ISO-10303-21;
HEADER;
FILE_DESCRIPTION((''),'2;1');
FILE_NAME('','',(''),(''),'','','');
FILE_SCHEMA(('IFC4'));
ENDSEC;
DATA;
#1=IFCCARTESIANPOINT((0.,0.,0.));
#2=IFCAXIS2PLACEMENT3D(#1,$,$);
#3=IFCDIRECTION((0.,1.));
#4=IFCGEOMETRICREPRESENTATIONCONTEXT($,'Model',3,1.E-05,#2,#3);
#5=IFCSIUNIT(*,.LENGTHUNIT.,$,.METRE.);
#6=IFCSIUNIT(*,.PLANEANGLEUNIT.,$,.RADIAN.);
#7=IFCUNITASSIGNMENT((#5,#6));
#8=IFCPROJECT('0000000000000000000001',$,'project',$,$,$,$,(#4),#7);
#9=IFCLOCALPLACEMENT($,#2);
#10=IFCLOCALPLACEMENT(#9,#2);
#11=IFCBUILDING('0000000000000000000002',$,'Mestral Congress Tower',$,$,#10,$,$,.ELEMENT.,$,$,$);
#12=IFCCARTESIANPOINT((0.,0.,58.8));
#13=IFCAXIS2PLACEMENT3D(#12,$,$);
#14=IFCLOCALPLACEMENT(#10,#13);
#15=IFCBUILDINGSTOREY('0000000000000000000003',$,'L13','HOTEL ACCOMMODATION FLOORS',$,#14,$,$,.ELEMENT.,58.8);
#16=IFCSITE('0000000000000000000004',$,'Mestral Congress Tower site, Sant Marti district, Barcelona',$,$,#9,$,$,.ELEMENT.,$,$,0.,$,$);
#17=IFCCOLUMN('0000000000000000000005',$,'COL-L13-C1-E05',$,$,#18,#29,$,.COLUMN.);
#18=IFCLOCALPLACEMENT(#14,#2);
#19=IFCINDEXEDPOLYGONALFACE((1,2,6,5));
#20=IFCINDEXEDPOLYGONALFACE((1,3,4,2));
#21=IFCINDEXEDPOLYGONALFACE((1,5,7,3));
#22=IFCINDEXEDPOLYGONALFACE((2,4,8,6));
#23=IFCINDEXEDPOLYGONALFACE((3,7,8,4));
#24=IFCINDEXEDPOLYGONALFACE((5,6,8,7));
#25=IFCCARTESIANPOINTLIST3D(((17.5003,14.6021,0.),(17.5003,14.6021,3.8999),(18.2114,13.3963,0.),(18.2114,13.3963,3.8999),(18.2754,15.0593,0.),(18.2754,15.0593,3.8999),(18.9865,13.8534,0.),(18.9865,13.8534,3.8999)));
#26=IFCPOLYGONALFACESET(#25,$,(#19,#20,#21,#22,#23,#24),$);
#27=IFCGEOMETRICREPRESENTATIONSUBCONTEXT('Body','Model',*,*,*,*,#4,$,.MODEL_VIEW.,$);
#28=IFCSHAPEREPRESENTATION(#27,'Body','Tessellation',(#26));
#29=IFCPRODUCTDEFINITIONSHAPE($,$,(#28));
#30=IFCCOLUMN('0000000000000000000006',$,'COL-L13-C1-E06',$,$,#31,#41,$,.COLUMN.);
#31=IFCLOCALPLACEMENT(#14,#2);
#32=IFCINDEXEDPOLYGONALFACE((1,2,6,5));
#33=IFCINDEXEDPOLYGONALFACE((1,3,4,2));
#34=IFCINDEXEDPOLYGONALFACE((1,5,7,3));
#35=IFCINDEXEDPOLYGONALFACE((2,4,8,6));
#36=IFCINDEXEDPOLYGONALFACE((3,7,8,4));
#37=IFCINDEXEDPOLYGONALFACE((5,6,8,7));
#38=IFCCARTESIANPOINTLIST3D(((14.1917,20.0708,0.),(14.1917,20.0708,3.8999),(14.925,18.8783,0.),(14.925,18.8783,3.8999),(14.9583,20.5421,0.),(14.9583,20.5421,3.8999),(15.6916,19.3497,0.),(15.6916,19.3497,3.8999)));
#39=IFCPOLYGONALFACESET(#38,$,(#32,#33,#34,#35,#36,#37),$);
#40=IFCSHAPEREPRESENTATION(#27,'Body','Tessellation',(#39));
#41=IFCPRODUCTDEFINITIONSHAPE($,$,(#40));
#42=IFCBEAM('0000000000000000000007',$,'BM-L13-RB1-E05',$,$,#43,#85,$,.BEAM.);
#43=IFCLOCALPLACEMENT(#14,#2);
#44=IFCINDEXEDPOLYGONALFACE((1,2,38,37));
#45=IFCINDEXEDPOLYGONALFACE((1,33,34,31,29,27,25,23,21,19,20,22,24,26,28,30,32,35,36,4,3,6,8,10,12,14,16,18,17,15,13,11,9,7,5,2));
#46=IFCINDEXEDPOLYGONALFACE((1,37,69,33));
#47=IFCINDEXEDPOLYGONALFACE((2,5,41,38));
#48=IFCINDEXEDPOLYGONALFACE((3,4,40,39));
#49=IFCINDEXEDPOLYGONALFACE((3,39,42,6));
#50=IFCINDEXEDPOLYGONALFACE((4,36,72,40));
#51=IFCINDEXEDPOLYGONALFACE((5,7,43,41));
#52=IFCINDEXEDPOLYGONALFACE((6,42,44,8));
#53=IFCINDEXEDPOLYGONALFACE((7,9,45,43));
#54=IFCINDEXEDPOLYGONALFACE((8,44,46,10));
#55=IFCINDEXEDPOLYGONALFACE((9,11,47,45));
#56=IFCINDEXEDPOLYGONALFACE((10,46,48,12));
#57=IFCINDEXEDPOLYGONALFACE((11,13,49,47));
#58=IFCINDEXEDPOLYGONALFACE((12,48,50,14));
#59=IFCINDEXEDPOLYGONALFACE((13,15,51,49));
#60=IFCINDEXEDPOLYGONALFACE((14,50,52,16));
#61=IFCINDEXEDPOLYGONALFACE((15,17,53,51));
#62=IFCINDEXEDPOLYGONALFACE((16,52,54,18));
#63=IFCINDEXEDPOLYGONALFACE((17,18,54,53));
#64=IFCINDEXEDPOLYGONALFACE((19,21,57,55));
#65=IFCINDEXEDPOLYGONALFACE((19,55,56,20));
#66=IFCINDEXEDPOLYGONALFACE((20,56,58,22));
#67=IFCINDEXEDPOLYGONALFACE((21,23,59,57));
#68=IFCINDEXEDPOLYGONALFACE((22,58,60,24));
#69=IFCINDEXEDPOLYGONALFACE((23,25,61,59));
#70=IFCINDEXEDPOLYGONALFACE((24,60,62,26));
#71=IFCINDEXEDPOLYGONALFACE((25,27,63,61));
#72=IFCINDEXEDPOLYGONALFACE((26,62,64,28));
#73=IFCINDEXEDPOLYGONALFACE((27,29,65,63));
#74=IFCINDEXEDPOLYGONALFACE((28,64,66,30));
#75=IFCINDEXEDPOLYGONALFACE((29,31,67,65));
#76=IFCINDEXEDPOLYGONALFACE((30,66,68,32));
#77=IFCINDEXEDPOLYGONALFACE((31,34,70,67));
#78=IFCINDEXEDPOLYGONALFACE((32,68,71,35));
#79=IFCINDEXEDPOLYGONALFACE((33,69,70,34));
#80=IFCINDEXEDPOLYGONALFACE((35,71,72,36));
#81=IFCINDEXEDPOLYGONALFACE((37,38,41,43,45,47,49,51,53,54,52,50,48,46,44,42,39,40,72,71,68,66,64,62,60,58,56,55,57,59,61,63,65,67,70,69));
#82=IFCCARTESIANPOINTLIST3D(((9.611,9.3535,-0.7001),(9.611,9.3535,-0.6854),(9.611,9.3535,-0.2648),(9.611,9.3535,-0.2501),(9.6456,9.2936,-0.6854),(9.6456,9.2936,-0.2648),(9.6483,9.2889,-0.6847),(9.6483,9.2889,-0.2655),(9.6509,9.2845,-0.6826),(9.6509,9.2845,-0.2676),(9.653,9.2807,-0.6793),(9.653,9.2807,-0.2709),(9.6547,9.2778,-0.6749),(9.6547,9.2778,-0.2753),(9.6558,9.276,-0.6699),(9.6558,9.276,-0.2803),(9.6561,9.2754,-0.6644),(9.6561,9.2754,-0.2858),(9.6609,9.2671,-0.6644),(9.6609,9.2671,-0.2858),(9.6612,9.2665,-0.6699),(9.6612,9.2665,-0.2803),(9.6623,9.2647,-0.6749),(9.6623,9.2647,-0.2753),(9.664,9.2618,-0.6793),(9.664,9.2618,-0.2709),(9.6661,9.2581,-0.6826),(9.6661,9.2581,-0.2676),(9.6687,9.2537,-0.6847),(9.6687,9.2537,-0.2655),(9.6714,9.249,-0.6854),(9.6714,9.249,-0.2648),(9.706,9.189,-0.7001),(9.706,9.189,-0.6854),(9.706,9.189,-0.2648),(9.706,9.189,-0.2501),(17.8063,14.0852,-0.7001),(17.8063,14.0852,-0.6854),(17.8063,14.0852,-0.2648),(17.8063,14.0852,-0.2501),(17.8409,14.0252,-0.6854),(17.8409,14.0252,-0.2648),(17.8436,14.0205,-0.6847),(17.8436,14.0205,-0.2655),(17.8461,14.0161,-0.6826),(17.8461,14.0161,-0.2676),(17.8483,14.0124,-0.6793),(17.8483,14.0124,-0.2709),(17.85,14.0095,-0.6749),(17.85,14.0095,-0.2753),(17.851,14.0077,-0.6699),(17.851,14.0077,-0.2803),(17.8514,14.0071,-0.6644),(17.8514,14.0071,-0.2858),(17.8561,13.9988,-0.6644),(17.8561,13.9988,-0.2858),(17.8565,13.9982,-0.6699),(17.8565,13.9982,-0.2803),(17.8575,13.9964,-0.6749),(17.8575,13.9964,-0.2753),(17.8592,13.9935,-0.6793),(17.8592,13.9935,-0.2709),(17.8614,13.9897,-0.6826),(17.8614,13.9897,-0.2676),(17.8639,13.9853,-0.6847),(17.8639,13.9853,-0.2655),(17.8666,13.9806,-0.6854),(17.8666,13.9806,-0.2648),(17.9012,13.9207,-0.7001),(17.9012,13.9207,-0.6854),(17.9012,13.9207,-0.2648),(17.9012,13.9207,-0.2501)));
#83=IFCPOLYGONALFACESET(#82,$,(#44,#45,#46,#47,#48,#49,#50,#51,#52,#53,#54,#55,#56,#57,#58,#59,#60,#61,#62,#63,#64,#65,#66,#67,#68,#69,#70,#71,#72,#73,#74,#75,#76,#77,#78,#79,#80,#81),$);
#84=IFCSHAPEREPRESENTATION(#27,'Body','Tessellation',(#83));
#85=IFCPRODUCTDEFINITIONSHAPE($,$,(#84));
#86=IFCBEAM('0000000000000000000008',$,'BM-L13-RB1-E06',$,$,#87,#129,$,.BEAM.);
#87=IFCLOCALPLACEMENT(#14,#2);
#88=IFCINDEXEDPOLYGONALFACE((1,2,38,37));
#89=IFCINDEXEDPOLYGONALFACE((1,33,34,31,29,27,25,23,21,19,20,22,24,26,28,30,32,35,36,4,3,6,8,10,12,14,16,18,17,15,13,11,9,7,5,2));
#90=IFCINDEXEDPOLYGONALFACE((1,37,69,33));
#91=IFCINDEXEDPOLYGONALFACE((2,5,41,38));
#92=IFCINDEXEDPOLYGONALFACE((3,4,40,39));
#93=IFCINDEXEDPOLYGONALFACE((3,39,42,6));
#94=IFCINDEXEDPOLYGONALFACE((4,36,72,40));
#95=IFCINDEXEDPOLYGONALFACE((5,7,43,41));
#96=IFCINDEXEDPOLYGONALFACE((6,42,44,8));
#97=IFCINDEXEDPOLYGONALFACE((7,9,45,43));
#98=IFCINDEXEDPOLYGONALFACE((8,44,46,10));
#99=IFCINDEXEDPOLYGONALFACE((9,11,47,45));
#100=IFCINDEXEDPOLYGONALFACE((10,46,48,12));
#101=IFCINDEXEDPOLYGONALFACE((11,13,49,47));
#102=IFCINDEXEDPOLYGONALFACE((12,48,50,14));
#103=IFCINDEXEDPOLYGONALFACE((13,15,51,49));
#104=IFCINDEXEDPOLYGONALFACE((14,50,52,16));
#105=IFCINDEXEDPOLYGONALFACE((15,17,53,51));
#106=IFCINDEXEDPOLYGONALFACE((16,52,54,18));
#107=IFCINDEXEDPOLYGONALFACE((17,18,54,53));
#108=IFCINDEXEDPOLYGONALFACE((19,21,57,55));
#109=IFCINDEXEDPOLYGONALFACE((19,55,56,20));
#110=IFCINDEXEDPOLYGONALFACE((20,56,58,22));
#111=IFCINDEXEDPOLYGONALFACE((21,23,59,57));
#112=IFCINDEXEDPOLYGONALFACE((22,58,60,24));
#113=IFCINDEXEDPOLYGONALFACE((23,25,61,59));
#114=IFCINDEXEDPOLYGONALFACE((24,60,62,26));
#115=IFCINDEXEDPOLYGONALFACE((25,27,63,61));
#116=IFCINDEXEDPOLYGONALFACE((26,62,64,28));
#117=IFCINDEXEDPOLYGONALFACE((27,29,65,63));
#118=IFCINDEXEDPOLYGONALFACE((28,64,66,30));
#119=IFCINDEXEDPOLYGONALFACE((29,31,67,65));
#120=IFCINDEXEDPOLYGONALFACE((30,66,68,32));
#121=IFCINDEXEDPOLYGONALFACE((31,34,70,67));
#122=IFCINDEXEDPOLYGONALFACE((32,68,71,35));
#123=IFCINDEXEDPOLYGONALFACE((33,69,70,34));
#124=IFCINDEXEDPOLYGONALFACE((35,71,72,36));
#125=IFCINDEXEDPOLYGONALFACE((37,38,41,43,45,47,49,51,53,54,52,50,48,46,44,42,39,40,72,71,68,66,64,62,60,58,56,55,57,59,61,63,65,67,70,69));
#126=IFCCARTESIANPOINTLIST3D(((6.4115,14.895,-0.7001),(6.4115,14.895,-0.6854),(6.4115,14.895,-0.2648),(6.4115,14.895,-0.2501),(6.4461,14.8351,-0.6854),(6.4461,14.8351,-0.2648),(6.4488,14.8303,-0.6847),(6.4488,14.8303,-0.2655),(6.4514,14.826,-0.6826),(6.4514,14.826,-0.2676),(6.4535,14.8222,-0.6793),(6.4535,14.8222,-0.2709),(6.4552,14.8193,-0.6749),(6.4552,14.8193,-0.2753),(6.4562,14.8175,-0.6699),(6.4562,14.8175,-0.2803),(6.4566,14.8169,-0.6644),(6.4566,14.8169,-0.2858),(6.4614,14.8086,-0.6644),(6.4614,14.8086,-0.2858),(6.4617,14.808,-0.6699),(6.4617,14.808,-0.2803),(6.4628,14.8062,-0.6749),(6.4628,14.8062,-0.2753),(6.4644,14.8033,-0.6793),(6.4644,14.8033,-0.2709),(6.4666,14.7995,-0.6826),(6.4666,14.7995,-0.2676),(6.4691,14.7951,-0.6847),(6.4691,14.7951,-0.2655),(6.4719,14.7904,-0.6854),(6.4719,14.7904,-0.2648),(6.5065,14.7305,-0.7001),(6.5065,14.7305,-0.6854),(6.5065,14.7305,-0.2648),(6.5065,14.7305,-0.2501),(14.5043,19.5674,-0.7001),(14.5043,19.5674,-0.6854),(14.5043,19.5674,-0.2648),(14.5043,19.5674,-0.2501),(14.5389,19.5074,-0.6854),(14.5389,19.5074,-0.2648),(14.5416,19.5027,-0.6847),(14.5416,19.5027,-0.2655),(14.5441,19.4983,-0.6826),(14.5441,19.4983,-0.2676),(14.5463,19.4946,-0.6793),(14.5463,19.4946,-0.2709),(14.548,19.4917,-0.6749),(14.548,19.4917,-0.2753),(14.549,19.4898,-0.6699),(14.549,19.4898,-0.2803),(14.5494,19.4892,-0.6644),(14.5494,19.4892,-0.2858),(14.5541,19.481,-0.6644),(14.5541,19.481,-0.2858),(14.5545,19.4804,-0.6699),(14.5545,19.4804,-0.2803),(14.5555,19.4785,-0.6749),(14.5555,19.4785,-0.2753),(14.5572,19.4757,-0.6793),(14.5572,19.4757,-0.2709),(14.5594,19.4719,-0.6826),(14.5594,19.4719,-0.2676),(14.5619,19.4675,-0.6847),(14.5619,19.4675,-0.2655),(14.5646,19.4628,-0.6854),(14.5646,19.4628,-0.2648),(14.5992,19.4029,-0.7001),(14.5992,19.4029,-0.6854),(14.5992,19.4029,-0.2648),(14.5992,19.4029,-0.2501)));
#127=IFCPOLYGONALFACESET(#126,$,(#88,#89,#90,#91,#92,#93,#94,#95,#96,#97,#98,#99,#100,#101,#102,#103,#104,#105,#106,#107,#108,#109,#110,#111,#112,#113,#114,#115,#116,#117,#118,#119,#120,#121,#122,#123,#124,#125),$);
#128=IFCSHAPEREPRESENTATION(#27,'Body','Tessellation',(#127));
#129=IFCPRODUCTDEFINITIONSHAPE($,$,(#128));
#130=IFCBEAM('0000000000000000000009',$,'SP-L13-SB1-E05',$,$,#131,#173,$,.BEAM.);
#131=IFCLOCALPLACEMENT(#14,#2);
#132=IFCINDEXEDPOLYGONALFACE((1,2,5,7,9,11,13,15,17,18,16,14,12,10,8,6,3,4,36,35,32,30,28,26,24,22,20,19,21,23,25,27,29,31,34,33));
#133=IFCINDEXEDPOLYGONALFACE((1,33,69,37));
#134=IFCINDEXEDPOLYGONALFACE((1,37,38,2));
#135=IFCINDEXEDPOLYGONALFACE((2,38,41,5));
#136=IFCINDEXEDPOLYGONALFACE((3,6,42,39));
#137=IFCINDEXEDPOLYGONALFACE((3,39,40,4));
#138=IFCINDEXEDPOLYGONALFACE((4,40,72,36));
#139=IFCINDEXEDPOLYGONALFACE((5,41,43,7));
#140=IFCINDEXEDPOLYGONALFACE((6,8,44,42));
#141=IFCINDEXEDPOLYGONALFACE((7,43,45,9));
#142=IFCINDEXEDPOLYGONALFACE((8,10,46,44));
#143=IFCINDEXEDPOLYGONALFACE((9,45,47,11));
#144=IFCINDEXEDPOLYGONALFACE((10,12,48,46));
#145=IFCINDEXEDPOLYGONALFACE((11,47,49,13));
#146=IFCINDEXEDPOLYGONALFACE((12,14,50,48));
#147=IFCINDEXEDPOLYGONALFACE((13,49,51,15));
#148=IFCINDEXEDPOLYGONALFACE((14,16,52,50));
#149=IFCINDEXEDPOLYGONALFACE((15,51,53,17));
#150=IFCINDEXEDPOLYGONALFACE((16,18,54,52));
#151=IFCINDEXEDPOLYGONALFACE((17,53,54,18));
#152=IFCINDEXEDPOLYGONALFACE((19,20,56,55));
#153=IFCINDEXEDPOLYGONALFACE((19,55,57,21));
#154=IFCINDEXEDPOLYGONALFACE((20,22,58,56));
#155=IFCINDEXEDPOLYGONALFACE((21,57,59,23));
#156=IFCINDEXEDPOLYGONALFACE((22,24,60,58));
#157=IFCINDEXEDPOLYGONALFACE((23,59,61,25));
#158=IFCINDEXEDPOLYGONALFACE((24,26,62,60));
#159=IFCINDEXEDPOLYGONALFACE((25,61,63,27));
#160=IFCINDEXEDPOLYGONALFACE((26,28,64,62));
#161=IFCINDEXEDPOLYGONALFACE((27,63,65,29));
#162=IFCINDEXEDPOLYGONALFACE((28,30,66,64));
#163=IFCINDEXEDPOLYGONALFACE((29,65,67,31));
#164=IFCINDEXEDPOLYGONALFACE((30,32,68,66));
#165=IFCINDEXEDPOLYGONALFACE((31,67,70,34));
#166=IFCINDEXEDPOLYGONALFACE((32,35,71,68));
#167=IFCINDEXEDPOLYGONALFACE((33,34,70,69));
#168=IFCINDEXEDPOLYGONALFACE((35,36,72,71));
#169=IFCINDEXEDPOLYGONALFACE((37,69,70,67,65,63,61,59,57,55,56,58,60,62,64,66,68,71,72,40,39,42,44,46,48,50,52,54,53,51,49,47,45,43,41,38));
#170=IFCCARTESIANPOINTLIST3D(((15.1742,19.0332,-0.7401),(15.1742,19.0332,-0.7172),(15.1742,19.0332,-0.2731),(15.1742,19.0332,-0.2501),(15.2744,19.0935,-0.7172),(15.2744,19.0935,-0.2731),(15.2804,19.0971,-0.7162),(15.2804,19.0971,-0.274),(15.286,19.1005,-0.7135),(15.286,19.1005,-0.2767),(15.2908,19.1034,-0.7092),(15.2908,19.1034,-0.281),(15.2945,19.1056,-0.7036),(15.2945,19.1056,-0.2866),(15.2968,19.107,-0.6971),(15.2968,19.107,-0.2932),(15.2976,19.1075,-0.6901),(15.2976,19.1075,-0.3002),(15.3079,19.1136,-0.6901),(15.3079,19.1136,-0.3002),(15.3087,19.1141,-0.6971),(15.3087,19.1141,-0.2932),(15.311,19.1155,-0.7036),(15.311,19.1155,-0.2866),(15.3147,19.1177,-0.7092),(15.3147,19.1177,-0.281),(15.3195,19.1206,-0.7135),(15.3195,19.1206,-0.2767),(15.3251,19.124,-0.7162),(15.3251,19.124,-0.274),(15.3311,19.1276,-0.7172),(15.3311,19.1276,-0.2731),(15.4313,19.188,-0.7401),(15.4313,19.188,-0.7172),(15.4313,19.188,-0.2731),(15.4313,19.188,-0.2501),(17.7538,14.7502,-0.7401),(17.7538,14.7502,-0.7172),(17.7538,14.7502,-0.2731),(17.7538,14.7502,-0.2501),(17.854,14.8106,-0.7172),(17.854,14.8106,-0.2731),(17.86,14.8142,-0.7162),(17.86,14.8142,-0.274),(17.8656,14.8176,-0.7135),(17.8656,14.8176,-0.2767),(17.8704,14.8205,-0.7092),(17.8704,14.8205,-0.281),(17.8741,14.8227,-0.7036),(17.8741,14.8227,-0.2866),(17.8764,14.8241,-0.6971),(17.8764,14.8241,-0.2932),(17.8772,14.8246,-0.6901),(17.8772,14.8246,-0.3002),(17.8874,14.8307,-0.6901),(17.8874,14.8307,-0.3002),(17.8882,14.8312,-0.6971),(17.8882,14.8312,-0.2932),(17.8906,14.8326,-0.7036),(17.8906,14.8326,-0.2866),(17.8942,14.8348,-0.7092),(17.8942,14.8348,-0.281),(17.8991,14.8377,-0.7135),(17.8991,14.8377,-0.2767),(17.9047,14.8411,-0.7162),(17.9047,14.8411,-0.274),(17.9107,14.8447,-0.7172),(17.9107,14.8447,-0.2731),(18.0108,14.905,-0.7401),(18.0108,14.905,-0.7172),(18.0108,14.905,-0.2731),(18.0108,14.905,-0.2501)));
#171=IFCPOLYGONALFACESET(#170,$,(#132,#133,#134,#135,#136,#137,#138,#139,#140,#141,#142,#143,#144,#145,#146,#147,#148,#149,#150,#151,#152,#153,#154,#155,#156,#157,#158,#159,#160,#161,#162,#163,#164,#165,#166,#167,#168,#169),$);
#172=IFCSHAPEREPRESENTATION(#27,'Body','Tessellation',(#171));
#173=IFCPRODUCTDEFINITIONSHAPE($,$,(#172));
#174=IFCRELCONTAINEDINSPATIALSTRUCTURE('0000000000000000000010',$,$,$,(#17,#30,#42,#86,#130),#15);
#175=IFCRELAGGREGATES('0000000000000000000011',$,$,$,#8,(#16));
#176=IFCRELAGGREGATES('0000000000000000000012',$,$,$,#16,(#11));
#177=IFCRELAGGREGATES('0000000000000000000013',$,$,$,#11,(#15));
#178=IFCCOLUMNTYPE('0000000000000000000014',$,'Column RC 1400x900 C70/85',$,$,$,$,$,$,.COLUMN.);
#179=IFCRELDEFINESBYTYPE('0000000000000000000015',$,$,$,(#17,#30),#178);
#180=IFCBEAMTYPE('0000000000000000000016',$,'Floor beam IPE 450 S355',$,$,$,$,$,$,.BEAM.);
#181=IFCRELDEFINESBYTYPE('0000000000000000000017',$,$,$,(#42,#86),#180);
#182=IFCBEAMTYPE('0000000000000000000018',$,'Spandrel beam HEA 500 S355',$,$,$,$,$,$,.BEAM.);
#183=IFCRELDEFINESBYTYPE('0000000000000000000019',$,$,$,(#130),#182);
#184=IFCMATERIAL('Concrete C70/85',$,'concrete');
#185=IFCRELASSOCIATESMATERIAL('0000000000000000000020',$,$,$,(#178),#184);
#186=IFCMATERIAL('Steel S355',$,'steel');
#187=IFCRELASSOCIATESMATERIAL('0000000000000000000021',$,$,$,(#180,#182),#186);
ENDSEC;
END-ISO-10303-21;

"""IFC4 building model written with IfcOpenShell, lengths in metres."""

from ifc_helpers import new_model, si_unit, direction, frame, origin, origin_2d, place, context, subcontext, project, spatial, rectangle, i_section, extrude, material, material_profile, profile_set, type_object, element, save


model = new_model("IFC4")

# Units and contexts
model_context = context("Model", 3, precision=1e-05, world=origin(), true_north=direction((0.0, 1.0)))
body_context = subcontext(model_context, "Body", "Model", "MODEL_VIEW")
ifc_project = project(units=[si_unit("LENGTHUNIT", "METRE"), si_unit("PLANEANGLEUNIT", "RADIAN")], contexts=[model_context])

# Site, building, storey
site_placement = place(None, origin())
site = spatial("IfcSite", under=ifc_project, at=site_placement, Name="Mestral Congress Tower site, Sant Marti district, Barcelona", CompositionType="ELEMENT", RefElevation=0.0)
building_placement = place(site_placement, origin())
building = spatial("IfcBuilding", under=site, at=building_placement, Name="Mestral Congress Tower", CompositionType="ELEMENT")
storey_placement = place(building_placement, frame((0.0, 0.0, 58.8)))
storey = spatial("IfcBuildingStorey", under=building, at=storey_placement, Name="L13", Description="HOTEL ACCOMMODATION FLOORS", CompositionType="ELEMENT", Elevation=58.8)

# Columns
ifc_material_1 = material(Name="Concrete C70/85", Category="concrete")
ifc_material_profile_1 = material_profile(ifc_material_1, rectangle(XDim=1.3999, YDim=0.8999, at=origin_2d()), Name="RC 1400x900")
ifc_profile_set_1 = profile_set([ifc_material_profile_1], Name="Concrete C70/85")
column_type = type_object("IfcColumnType", Name="Column RC 1400x900 C70/85", PredefinedType="COLUMN", material=ifc_profile_set_1)
for number, where, z_axis, x_axis, name in (
    (1, (18.2434, 14.2278, 0.0), (0.0, 0.0, 1.0), (-0.507983, 0.861367, 0.0), "COL-L13-C1-E05"),
    (2, (14.9417, 19.7102, 0.0), (0.0, 0.0, 1.0), (-0.523819, 0.851829, 0.0), "COL-L13-C1-E06"),
):
    element("IfcColumn", number, at=place(storey_placement, frame(where, z_axis=z_axis, x_axis=x_axis)), inside=storey, type_object=column_type, Name=name, PredefinedType="COLUMN", context=body_context, shape_type="SweptSolid", body=[
        extrude(rectangle(XDim=1.3999, YDim=0.8999, at=origin_2d()), origin(), (0.0, 0.0, 1.0), 3.8999),
    ])

# Beams
ifc_material_2 = material(Name="Steel S355", Category="steel")
ifc_material_profile_2 = material_profile(ifc_material_2, i_section(OverallWidth=0.1899, OverallDepth=0.45, WebThickness=0.0095, FlangeThickness=0.0146, FilletRadius=0.021, at=origin_2d()), Name="IPE 450")
ifc_profile_set_2 = profile_set([ifc_material_profile_2], Name="Steel S355")
beam_type_1 = type_object("IfcBeamType", Name="Floor beam IPE 450 S355", PredefinedType="BEAM", material=ifc_profile_set_2)
beam_1_placement = place(storey_placement, frame((17.8538, 14.0029, -0.4751), z_axis=(-0.86602, -0.50001, 0.0), x_axis=(0.50001, -0.86602, 0.0)))
element("IfcBeam", 3, at=beam_1_placement, inside=storey, type_object=beam_type_1, Name="BM-L13-RB1-E05", PredefinedType="BEAM", context=body_context, shape_type="SweptSolid", body=[
    extrude(i_section(OverallWidth=0.1899, OverallDepth=0.45, WebThickness=0.0095, FlangeThickness=0.0146, FilletRadius=0.021, at=origin_2d()), origin(), (0.0, 0.0, 1.0), 9.4631),
])
beam_2_placement = place(storey_placement, frame((14.5518, 19.4851, -0.4751), z_axis=(-0.866025, -0.5, 0.0), x_axis=(0.5, -0.866025, 0.0)))
element("IfcBeam", 4, at=beam_2_placement, inside=storey, type_object=beam_type_1, Name="BM-L13-RB1-E06", PredefinedType="BEAM", context=body_context, shape_type="SweptSolid", body=[
    extrude(i_section(OverallWidth=0.1899, OverallDepth=0.45, WebThickness=0.0095, FlangeThickness=0.0146, FilletRadius=0.021, at=origin_2d()), origin(), (0.0, 0.0, 1.0), 9.3447),
])
ifc_material_profile_3 = material_profile(ifc_material_2, i_section(OverallWidth=0.3, OverallDepth=0.49, WebThickness=0.012, FlangeThickness=0.0229, FilletRadius=0.0271, at=origin_2d()), Name="HEA 500")
ifc_profile_set_3 = profile_set([ifc_material_profile_3], Name="Steel S355")
beam_type_2 = type_object("IfcBeamType", Name="Spandrel beam HEA 500 S355", PredefinedType="BEAM", material=ifc_profile_set_3)
for number, where, z_axis, x_axis, name in (
    (5, (17.8823, 14.8276, -0.4951), (-0.515938, 0.856626, 0.0), (-0.856626, -0.515938, 0.0), "SP-L13-SB1-E05"),
):
    element("IfcBeam", number, at=place(storey_placement, frame(where, z_axis=z_axis, x_axis=x_axis)), inside=storey, type_object=beam_type_2, Name=name, PredefinedType="BEAM", context=body_context, shape_type="SweptSolid", body=[
        extrude(i_section(OverallWidth=0.3, OverallDepth=0.49, WebThickness=0.012, FlangeThickness=0.0229, FilletRadius=0.0271, at=origin_2d()), origin(), (0.0, 0.0, 1.0), 4.9998),
    ])

save(model, "model.ifc")
